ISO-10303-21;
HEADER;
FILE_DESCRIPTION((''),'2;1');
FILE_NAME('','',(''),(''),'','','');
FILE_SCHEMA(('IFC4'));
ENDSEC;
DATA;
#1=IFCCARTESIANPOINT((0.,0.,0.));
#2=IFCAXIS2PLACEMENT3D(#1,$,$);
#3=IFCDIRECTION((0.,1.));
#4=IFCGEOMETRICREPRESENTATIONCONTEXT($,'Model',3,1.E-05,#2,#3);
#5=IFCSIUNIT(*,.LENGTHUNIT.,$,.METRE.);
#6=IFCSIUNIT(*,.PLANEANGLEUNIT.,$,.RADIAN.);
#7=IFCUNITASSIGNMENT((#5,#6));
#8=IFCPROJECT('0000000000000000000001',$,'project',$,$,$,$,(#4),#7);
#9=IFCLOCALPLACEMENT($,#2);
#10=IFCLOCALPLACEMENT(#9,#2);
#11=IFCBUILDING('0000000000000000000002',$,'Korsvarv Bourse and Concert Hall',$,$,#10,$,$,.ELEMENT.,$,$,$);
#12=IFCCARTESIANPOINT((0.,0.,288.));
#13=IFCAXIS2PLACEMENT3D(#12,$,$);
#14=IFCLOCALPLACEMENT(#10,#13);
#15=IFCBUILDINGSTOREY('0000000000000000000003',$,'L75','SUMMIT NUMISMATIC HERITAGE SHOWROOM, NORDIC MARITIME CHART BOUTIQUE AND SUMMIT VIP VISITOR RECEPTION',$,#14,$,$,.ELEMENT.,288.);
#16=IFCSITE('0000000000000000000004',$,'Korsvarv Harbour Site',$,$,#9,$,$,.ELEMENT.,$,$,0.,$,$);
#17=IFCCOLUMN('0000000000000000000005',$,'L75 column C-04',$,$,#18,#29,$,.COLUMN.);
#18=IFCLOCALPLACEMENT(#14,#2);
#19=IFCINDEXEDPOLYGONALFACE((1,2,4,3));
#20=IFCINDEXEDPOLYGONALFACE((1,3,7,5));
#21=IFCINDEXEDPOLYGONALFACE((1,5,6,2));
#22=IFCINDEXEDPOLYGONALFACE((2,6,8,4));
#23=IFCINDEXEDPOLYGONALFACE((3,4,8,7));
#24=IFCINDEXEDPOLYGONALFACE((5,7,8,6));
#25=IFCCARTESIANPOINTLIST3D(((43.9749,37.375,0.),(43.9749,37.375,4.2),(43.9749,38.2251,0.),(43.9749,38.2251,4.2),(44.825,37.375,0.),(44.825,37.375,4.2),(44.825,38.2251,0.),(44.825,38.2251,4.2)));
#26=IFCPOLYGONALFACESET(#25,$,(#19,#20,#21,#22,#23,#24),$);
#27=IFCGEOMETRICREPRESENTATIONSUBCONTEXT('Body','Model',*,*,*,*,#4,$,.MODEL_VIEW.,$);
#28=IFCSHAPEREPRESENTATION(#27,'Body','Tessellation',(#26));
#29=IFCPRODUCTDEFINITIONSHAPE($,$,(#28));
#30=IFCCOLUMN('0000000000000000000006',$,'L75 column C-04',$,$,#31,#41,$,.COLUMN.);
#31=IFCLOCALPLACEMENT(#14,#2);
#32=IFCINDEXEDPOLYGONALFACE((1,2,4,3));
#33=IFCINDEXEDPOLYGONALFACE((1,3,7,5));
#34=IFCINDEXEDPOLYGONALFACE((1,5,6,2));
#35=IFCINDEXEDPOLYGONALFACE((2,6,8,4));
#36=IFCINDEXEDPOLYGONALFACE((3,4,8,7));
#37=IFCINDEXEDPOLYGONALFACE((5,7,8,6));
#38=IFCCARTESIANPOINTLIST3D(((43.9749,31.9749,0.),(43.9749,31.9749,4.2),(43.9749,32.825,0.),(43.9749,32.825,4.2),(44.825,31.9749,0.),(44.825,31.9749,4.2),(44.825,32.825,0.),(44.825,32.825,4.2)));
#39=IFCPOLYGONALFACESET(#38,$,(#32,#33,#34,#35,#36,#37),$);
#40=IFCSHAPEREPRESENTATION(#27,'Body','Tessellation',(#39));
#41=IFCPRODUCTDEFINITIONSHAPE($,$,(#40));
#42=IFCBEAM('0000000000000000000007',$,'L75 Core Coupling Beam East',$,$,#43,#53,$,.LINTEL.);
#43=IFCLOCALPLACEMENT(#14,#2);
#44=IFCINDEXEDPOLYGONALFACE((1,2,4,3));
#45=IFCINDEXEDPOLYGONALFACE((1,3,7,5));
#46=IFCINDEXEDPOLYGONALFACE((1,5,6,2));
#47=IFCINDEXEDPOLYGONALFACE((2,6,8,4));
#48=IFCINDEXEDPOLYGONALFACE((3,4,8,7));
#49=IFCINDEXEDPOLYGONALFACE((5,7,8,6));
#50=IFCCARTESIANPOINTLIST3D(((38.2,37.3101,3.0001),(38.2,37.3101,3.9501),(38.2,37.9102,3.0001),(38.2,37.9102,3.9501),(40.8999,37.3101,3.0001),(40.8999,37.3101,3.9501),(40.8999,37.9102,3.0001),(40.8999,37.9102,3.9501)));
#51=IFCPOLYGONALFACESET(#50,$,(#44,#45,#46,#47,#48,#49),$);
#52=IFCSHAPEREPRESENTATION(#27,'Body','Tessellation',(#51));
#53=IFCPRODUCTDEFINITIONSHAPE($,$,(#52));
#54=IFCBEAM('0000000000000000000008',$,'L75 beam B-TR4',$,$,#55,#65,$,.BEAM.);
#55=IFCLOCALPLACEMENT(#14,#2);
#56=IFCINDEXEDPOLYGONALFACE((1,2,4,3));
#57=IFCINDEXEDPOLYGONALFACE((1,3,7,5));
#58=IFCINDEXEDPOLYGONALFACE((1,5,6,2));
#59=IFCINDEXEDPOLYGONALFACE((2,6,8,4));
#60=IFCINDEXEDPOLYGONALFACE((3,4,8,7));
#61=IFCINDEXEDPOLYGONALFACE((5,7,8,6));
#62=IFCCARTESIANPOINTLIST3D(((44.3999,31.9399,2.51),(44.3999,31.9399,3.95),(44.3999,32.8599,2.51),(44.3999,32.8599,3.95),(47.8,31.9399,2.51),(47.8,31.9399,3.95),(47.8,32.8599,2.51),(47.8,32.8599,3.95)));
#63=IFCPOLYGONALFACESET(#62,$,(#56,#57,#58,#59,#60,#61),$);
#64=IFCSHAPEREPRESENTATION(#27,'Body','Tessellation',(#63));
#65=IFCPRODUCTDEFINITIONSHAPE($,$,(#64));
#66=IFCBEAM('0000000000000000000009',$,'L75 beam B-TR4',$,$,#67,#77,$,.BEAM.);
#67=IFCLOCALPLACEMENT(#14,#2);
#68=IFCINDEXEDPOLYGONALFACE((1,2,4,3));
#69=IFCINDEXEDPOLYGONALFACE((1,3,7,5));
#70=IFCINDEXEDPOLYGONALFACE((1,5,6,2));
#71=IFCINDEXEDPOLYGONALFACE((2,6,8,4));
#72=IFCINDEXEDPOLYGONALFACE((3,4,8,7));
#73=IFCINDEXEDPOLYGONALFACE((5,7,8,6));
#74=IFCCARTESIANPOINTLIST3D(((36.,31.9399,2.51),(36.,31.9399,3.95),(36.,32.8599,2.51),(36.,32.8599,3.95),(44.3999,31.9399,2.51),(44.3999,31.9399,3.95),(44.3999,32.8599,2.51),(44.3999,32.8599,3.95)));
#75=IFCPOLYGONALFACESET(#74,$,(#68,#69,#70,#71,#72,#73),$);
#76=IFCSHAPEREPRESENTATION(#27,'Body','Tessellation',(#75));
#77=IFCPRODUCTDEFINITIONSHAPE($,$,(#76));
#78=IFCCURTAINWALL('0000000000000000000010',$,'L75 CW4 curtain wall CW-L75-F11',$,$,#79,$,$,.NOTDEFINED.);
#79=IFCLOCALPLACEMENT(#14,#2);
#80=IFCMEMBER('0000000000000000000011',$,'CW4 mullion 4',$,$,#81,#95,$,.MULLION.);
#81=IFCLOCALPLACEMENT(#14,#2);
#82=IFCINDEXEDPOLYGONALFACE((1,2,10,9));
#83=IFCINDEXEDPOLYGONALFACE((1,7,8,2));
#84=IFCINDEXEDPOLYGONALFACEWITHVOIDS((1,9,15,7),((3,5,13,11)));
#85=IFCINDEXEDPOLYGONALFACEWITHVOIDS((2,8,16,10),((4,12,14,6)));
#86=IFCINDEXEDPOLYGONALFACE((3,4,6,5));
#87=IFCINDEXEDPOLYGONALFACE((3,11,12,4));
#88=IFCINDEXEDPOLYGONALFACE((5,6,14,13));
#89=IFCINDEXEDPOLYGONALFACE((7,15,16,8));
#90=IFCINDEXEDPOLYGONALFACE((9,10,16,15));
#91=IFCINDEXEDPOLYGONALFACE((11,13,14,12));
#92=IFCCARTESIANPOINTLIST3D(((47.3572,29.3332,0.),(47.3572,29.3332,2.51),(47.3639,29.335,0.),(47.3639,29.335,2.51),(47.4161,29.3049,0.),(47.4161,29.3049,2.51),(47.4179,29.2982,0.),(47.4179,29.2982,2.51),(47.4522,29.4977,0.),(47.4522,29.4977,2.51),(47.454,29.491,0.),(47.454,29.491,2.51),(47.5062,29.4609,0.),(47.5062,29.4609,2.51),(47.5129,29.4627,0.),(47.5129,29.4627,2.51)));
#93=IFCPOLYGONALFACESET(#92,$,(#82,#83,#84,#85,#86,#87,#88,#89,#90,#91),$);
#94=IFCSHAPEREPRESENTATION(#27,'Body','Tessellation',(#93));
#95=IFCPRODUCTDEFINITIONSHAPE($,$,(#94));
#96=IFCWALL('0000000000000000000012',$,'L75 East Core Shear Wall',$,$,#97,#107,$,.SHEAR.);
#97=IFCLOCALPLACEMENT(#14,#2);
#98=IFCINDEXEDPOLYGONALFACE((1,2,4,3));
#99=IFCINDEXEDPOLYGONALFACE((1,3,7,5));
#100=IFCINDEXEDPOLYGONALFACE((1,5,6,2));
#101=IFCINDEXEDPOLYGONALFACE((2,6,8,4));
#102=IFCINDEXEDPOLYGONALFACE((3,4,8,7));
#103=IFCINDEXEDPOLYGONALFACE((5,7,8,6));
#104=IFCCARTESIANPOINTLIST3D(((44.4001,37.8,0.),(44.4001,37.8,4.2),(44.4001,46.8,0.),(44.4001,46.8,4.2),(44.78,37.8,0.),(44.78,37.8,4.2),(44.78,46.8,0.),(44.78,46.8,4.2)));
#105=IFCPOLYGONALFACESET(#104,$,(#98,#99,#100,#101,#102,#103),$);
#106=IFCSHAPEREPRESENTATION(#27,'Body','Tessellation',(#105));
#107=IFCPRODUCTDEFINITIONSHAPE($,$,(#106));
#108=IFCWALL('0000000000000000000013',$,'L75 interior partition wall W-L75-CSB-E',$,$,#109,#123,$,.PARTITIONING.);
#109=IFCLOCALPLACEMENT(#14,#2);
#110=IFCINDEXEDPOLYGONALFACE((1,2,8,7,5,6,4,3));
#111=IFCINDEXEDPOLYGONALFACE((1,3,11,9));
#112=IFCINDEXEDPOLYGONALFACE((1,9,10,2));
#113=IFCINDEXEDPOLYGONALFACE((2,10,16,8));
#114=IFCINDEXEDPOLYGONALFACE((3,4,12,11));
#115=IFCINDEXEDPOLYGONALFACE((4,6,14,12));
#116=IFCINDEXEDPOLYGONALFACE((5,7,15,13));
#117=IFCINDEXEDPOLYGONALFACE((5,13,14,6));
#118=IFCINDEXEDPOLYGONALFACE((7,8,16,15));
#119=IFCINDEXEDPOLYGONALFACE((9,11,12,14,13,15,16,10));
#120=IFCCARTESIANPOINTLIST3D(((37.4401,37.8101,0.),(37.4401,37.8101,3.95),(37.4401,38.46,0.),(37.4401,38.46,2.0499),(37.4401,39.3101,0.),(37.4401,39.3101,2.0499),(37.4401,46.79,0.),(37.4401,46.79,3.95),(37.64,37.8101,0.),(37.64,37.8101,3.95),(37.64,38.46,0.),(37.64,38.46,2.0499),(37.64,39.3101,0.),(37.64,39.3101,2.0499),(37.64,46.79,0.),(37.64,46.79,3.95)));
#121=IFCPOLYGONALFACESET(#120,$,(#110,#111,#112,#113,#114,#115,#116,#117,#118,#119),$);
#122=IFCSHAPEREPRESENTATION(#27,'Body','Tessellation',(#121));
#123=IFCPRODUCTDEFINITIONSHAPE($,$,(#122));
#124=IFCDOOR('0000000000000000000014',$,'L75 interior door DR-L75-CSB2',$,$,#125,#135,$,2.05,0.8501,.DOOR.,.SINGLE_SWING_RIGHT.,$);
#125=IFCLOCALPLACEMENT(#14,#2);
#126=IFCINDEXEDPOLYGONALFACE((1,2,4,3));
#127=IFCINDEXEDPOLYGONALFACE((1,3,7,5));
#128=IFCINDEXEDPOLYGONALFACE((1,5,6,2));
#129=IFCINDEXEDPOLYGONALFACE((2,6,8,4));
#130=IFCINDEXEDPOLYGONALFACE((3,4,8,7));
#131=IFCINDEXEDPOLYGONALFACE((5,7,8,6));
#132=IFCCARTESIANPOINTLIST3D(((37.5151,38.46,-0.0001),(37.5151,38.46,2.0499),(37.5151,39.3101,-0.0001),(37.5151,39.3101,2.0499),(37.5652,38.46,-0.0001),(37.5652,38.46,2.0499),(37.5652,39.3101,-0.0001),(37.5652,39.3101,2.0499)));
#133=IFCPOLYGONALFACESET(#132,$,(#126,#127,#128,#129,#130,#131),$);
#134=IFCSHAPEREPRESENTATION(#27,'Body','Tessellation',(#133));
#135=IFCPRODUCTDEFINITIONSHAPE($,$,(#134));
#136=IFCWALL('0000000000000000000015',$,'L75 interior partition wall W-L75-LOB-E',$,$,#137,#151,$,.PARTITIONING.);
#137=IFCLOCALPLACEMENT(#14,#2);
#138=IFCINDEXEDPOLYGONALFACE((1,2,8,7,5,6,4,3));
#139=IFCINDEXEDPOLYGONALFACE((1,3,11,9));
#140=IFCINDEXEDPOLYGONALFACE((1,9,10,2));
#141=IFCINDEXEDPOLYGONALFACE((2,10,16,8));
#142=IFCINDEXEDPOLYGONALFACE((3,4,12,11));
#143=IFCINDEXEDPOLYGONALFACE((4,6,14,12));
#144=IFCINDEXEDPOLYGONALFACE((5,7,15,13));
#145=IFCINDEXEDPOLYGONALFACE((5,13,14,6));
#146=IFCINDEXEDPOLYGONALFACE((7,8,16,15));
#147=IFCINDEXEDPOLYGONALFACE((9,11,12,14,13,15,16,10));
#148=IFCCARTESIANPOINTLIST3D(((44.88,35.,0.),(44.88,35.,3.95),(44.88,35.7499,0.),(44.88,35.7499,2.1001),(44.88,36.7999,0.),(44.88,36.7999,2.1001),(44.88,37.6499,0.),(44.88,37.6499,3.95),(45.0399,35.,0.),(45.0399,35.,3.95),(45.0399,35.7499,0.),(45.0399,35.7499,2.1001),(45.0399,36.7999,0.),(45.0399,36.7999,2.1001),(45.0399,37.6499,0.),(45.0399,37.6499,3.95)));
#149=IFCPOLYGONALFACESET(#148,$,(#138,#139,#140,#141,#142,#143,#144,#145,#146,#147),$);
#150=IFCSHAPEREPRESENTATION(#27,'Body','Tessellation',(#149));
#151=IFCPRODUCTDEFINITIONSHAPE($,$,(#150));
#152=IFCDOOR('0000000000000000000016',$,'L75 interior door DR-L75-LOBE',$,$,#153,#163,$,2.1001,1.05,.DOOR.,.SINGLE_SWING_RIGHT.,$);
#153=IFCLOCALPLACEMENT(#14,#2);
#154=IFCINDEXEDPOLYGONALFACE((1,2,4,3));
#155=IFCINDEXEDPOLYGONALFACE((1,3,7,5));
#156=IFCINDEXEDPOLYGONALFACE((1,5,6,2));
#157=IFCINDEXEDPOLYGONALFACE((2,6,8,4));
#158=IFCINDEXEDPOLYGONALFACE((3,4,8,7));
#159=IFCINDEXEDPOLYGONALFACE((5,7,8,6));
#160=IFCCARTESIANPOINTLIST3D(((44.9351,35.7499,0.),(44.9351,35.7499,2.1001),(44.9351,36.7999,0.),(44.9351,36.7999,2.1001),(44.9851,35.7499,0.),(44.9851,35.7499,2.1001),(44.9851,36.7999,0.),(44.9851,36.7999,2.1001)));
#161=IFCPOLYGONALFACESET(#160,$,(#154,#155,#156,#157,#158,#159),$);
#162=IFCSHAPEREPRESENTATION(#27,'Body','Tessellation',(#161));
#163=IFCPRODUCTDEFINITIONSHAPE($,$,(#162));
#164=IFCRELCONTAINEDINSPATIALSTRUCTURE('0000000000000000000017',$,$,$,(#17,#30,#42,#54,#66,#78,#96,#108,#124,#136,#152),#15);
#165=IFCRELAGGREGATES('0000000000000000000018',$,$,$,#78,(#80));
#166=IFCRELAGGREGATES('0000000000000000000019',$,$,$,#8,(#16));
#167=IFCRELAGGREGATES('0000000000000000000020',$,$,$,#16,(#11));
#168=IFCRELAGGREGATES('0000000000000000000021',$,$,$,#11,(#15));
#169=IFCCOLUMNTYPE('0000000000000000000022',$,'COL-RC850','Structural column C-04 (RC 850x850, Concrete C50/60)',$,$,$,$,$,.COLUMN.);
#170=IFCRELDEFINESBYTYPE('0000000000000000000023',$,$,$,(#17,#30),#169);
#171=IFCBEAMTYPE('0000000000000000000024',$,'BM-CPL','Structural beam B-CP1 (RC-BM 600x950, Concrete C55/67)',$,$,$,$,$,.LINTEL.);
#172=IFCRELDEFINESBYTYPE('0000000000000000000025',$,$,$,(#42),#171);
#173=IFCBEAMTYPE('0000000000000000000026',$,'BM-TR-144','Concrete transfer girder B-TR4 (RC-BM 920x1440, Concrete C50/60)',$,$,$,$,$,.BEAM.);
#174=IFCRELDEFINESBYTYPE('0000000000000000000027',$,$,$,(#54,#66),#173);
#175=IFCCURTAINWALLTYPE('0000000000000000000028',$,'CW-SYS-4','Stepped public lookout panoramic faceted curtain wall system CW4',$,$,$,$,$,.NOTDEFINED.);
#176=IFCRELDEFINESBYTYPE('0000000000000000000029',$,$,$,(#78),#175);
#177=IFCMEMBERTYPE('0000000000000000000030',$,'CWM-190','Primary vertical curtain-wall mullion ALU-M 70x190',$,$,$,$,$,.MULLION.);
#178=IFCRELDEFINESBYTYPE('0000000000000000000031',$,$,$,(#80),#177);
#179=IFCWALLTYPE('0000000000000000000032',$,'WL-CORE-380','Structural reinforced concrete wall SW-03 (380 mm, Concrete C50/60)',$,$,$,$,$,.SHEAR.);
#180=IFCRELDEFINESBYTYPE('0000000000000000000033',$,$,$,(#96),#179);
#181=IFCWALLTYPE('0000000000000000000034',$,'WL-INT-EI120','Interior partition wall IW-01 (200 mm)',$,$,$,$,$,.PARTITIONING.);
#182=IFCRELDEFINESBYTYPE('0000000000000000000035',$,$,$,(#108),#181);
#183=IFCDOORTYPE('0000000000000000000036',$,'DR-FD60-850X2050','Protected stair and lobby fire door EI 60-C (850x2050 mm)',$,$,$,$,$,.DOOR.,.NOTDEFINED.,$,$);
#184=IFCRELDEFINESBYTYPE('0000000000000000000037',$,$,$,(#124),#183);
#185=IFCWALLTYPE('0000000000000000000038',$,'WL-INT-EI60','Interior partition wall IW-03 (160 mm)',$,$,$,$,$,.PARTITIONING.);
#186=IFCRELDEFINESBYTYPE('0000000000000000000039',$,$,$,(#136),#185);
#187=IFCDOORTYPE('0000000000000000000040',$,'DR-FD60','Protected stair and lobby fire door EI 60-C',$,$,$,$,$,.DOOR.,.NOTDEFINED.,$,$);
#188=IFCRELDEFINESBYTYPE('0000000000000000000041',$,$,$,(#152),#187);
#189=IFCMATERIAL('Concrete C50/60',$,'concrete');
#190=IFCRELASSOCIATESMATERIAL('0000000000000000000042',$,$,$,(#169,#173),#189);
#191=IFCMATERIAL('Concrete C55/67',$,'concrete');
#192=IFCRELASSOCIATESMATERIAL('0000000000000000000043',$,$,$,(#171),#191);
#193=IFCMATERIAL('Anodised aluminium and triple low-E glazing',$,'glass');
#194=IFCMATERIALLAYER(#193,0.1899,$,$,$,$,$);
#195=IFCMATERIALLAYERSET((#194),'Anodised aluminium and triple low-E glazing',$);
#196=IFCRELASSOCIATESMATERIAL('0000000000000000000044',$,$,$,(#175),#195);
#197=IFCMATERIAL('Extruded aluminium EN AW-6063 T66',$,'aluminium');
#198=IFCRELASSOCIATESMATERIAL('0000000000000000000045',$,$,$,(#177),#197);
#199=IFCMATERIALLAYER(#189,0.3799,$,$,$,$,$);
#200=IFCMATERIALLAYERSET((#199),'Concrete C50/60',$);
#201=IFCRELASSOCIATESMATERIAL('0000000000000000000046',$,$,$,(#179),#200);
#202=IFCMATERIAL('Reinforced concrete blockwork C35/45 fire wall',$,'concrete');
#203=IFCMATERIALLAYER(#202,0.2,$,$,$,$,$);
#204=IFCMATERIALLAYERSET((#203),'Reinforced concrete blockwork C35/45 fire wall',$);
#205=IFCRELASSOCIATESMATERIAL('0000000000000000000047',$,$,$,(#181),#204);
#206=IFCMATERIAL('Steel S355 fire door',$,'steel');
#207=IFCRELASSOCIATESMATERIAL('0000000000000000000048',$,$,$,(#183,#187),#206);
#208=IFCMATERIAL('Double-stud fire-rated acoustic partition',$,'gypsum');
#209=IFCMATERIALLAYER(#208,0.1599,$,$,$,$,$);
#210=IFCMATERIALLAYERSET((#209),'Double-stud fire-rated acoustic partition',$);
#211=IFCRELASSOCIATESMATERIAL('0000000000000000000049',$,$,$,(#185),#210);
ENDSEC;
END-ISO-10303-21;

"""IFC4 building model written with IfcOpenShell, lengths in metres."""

from ifc_helpers import new_model, si_unit, direction, frame, frame_2d, origin, origin_2d, place, context, subcontext, project, spatial, rectangle, hollow_rectangle, extrude, source, transform, mapped, material, layer, layer_set, material_profile, profile_set, type_object, element, fill, aggregate, save


model = new_model("IFC4")

# Units and contexts
model_context = context("Model", 3, precision=1e-05, world=origin(), true_north=direction((0.0, 1.0)))
body_context = subcontext(model_context, "Body", "Model", "MODEL_VIEW")
ifc_project = project(units=[si_unit("LENGTHUNIT", "METRE"), si_unit("PLANEANGLEUNIT", "RADIAN")], contexts=[model_context])

# Site, building, storey
site_placement = place(None, origin())
site = spatial("IfcSite", under=ifc_project, at=site_placement, Name="Korsvarv Harbour Site", CompositionType="ELEMENT", RefElevation=0.0)
building_placement = place(site_placement, origin())
building = spatial("IfcBuilding", under=site, at=building_placement, Name="Korsvarv Bourse and Concert Hall", CompositionType="ELEMENT")
storey_placement = place(building_placement, frame((0.0, 0.0, 288.0)))
storey = spatial("IfcBuildingStorey", under=building, at=storey_placement, Name="L75", Description="SUMMIT NUMISMATIC HERITAGE SHOWROOM, NORDIC MARITIME CHART BOUTIQUE AND SUMMIT VIP VISITOR RECEPTION", CompositionType="ELEMENT", Elevation=288.0)

# Columns
ifc_material_1 = material(Name="Concrete C50/60", Category="concrete")
ifc_material_profile_1 = material_profile(ifc_material_1, rectangle(XDim=0.8501, YDim=0.8501, at=origin_2d()), Name="RC 850x850")
ifc_profile_set_1 = profile_set([ifc_material_profile_1], Name="Concrete C50/60")
column_type = type_object("IfcColumnType", Name="COL-RC850", Description="Structural column C-04 (RC 850x850, Concrete C50/60)", PredefinedType="COLUMN", material=ifc_profile_set_1)
shared_shape_1 = source(origin(), body_context, "Body", "SweptSolid", [
    extrude(rectangle(XDim=0.8501, YDim=0.8501, at=origin_2d()), origin(), (0.0, 0.0, 1.0), 4.2),
])
for number, where, z_axis, x_axis, name in (
    (1, (44.3999, 37.8, 0.0), (0.0, 0.0, 1.0), (1.0, 0.0, 0.0), "L75 column C-04"),
    (2, (44.3999, 32.3999, 0.0), (0.0, 0.0, 1.0), (1.0, 0.0, 0.0), "L75 column C-04"),
):
    element("IfcColumn", number, at=place(storey_placement, frame(where, z_axis=z_axis, x_axis=x_axis)), inside=storey, type_object=column_type, Name=name, PredefinedType="COLUMN", context=body_context, shape_type="MappedRepresentation", body=[
        mapped(shared_shape_1, transform((0.0, 0.0, 0.0), scale=1.0)),
    ])

# Beams
ifc_material_2 = material(Name="Concrete C55/67", Category="concrete")
ifc_material_profile_2 = material_profile(ifc_material_2, rectangle(XDim=0.6001, YDim=0.95, at=origin_2d()), Name="RC-BM 600x950")
ifc_profile_set_2 = profile_set([ifc_material_profile_2], Name="Concrete C55/67")
beam_type_1 = type_object("IfcBeamType", Name="BM-CPL", Description="Structural beam B-CP1 (RC-BM 600x950, Concrete C55/67)", PredefinedType="LINTEL", material=ifc_profile_set_2)
shared_shape_2 = source(origin(), body_context, "Body", "SweptSolid", [
    extrude(rectangle(XDim=0.6001, YDim=0.95, at=origin_2d()), origin(), (0.0, 0.0, 1.0), 2.7),
])
beam_1_placement = place(storey_placement, frame((38.2, 37.6101, 3.4751), z_axis=(1.0, 0.0, 0.0), x_axis=(0.0, 1.0, 0.0)))
element("IfcBeam", 3, at=beam_1_placement, inside=storey, type_object=beam_type_1, Name="L75 Core Coupling Beam East", PredefinedType="LINTEL", context=body_context, shape_type="MappedRepresentation", body=[
    mapped(shared_shape_2, transform((0.0, 0.0, 0.0), scale=1.0)),
])
ifc_material_profile_3 = material_profile(ifc_material_1, rectangle(XDim=0.9199, YDim=1.4399, at=origin_2d()), Name="RC-BM 920x1440")
ifc_profile_set_3 = profile_set([ifc_material_profile_3], Name="Concrete C50/60")
beam_type_2 = type_object("IfcBeamType", Name="BM-TR-144", Description="Concrete transfer girder B-TR4 (RC-BM 920x1440, Concrete C50/60)", PredefinedType="BEAM", material=ifc_profile_set_3)
shared_shape_3 = source(origin(), body_context, "Body", "SweptSolid", [
    extrude(rectangle(XDim=0.9199, YDim=1.4399, at=origin_2d()), origin(), (0.0, 0.0, 1.0), 3.4001),
])
beam_2_placement = place(storey_placement, frame((44.3999, 32.3999, 3.23), z_axis=(1.0, 0.0, 0.0), x_axis=(0.0, 1.0, 0.0)))
element("IfcBeam", 4, at=beam_2_placement, inside=storey, type_object=beam_type_2, Name="L75 beam B-TR4", PredefinedType="BEAM", context=body_context, shape_type="MappedRepresentation", body=[
    mapped(shared_shape_3, transform((0.0, 0.0, 0.0), scale=1.0)),
])
shared_shape_4 = source(origin(), body_context, "Body", "SweptSolid", [
    extrude(rectangle(XDim=0.9199, YDim=1.4399, at=origin_2d()), origin(), (0.0, 0.0, 1.0), 8.3999),
])
beam_3_placement = place(storey_placement, frame((36.0, 32.3999, 3.23), z_axis=(1.0, 0.0, 0.0), x_axis=(0.0, 1.0, 0.0)))
element("IfcBeam", 5, at=beam_3_placement, inside=storey, type_object=beam_type_2, Name="L75 beam B-TR4", PredefinedType="BEAM", context=body_context, shape_type="MappedRepresentation", body=[
    mapped(shared_shape_4, transform((0.0, 0.0, 0.0), scale=1.0)),
])

# Curtain wall, member
ifc_material_3 = material(Name="Anodised aluminium and triple low-E glazing", Category="glass")
ifc_layer_1 = layer(ifc_material_3, 0.1899)
ifc_layer_set_1 = layer_set([ifc_layer_1], Name="Anodised aluminium and triple low-E glazing")
curtain_wall_type = type_object("IfcCurtainWallType", Name="CW-SYS-4", Description="Stepped public lookout panoramic faceted curtain wall system CW4", PredefinedType="NOTDEFINED", material=ifc_layer_set_1)
curtain_wall_placement = place(storey_placement, origin())
curtain_wall = element("IfcCurtainWall", 6, at=curtain_wall_placement, inside=storey, type_object=curtain_wall_type, Name="L75 CW4 curtain wall CW-L75-F11", PredefinedType="NOTDEFINED")
ifc_material_4 = material(Name="Extruded aluminium EN AW-6063 T66", Category="aluminium")
ifc_material_profile_4 = material_profile(ifc_material_4, hollow_rectangle(XDim=0.0701, YDim=0.1899, WallThickness=0.0049, at=origin_2d()), Name="ALU-M 70x190")
ifc_profile_set_4 = profile_set([ifc_material_profile_4], Name="Extruded aluminium EN AW-6063 T66")
member_type = type_object("IfcMemberType", Name="CWM-190", Description="Primary vertical curtain-wall mullion ALU-M 70x190", PredefinedType="MULLION", material=ifc_profile_set_4)
shared_shape_5 = source(origin(), body_context, "Body", "SweptSolid", [
    extrude(hollow_rectangle(XDim=0.0701, YDim=0.1899, WallThickness=0.0049, at=origin_2d()), origin(), (0.0, 0.0, 1.0), 2.51),
])
member_placement = place(storey_placement, frame((47.4351, 29.3979, 0.0), z_axis=(0.0, 0.0, 1.0), x_axis=(-0.866023, 0.500005, 0.0)))
member = element("IfcMember", 7, at=member_placement, type_object=member_type, Name="CW4 mullion 4", PredefinedType="MULLION", context=body_context, shape_type="MappedRepresentation", body=[
    mapped(shared_shape_5, transform((0.0, 0.0, 0.0), scale=1.0)),
])
aggregate(curtain_wall, [member])

# Wall
ifc_layer_2 = layer(ifc_material_1, 0.3799)
ifc_layer_set_2 = layer_set([ifc_layer_2], Name="Concrete C50/60")
wall_type_1 = type_object("IfcWallType", Name="WL-CORE-380", Description="Structural reinforced concrete wall SW-03 (380 mm, Concrete C50/60)", PredefinedType="SHEAR", material=ifc_layer_set_2)
wall_1_placement = place(storey_placement, frame((44.5901, 37.8, 0.0), z_axis=(0.0, 0.0, 1.0), x_axis=(0.0, 1.0, 0.0)))
element("IfcWall", 8, at=wall_1_placement, inside=storey, type_object=wall_type_1, Name="L75 East Core Shear Wall", PredefinedType="SHEAR", context=body_context, shape_type="SweptSolid", body=[
    extrude(rectangle(XDim=9.0, YDim=0.3799, at=frame_2d((4.5, 0.0))), origin(), (0.0, 0.0, 1.0), 4.2),
])

# Walls, openings, doors
ifc_material_5 = material(Name="Reinforced concrete blockwork C35/45 fire wall", Category="concrete")
ifc_layer_3 = layer(ifc_material_5, 0.2)
ifc_layer_set_3 = layer_set([ifc_layer_3], Name="Reinforced concrete blockwork C35/45 fire wall")
wall_type_2 = type_object("IfcWallType", Name="WL-INT-EI120", Description="Interior partition wall IW-01 (200 mm)", PredefinedType="PARTITIONING", material=ifc_layer_set_3)
wall_2_placement = place(storey_placement, frame((37.54, 37.8101, 0.0), z_axis=(0.0, 0.0, 1.0), x_axis=(0.0, 1.0, 0.0)))
wall_2 = element("IfcWall", 9, at=wall_2_placement, inside=storey, type_object=wall_type_2, Name="L75 interior partition wall W-L75-CSB-E", PredefinedType="PARTITIONING", context=body_context, shape_type="SweptSolid", body=[
    extrude(rectangle(XDim=8.98, YDim=0.2, at=frame_2d((4.49, 0.0))), origin(), (0.0, 0.0, 1.0), 3.95),
])
opening_1_placement = place(wall_2_placement, frame((0.6499, 0.0, 0.0)))
opening_1 = element("IfcOpeningElement", 10, at=opening_1_placement, cuts=wall_2, PredefinedType="OPENING", context=body_context, shape_type="SweptSolid", body=[
    extrude(rectangle(XDim=0.8501, YDim=2.05, at=frame_2d((0.425, 1.0249))), frame((0.0, 0.1099, 0.0), z_axis=(0.0, -1.0, 0.0), x_axis=(1.0, 0.0, 0.0)), (0.0, 0.0, 1.0), 0.22),
])
ifc_material_6 = material(Name="Steel S355 fire door", Category="steel")
door_type_1 = type_object("IfcDoorType", Name="DR-FD60-850X2050", Description="Protected stair and lobby fire door EI 60-C (850x2050 mm)", OperationType="NOTDEFINED", PredefinedType="DOOR", material=ifc_material_6)
door_1_placement = place(opening_1_placement, origin())
door_1 = element("IfcDoor", 11, at=door_1_placement, inside=storey, type_object=door_type_1, Name="L75 interior door DR-L75-CSB2", OperationType="SINGLE_SWING_RIGHT", OverallHeight=2.05, OverallWidth=0.8501, PredefinedType="DOOR", context=body_context, shape_type="SweptSolid", body=[
    extrude(rectangle(XDim=0.8501, YDim=2.05, at=frame_2d((0.425, 1.0249))), frame((0.0, 0.0249, 0.0), z_axis=(0.0, -1.0, 0.0), x_axis=(1.0, 0.0, 0.0)), (0.0, 0.0, 1.0), 0.05),
])
fill(opening_1, door_1)
ifc_material_7 = material(Name="Double-stud fire-rated acoustic partition", Category="gypsum")
ifc_layer_4 = layer(ifc_material_7, 0.1599)
ifc_layer_set_4 = layer_set([ifc_layer_4], Name="Double-stud fire-rated acoustic partition")
wall_type_3 = type_object("IfcWallType", Name="WL-INT-EI60", Description="Interior partition wall IW-03 (160 mm)", PredefinedType="PARTITIONING", material=ifc_layer_set_4)
wall_3_placement = place(storey_placement, frame((44.96, 35.0, 0.0), z_axis=(0.0, 0.0, 1.0), x_axis=(0.0, 1.0, 0.0)))
wall_3 = element("IfcWall", 12, at=wall_3_placement, inside=storey, type_object=wall_type_3, Name="L75 interior partition wall W-L75-LOB-E", PredefinedType="PARTITIONING", context=body_context, shape_type="SweptSolid", body=[
    extrude(rectangle(XDim=2.6499, YDim=0.1599, at=frame_2d((1.325, 0.0))), origin(), (0.0, 0.0, 1.0), 3.95),
])
opening_2_placement = place(wall_3_placement, frame((0.75, 0.0, 0.0)))
opening_2 = element("IfcOpeningElement", 13, at=opening_2_placement, cuts=wall_3, PredefinedType="OPENING", context=body_context, shape_type="SweptSolid", body=[
    extrude(rectangle(XDim=1.05, YDim=2.1001, at=frame_2d((0.5249, 1.05))), frame((0.0, 0.0898, 0.0), z_axis=(0.0, -1.0, 0.0), x_axis=(1.0, 0.0, 0.0)), (0.0, 0.0, 1.0), 0.1799),
])
door_type_2 = type_object("IfcDoorType", Name="DR-FD60", Description="Protected stair and lobby fire door EI 60-C", OperationType="NOTDEFINED", PredefinedType="DOOR", material=ifc_material_6)
door_2_placement = place(opening_2_placement, origin())
door_2 = element("IfcDoor", 14, at=door_2_placement, inside=storey, type_object=door_type_2, Name="L75 interior door DR-L75-LOBE", OperationType="SINGLE_SWING_RIGHT", OverallHeight=2.1001, OverallWidth=1.05, PredefinedType="DOOR", context=body_context, shape_type="SweptSolid", body=[
    extrude(rectangle(XDim=1.05, YDim=2.1001, at=frame_2d((0.5249, 1.05))), frame((0.0, 0.0249, 0.0), z_axis=(0.0, -1.0, 0.0), x_axis=(1.0, 0.0, 0.0)), (0.0, 0.0, 1.0), 0.05),
])
fill(opening_2, door_2)

save(model, "model.ifc")
